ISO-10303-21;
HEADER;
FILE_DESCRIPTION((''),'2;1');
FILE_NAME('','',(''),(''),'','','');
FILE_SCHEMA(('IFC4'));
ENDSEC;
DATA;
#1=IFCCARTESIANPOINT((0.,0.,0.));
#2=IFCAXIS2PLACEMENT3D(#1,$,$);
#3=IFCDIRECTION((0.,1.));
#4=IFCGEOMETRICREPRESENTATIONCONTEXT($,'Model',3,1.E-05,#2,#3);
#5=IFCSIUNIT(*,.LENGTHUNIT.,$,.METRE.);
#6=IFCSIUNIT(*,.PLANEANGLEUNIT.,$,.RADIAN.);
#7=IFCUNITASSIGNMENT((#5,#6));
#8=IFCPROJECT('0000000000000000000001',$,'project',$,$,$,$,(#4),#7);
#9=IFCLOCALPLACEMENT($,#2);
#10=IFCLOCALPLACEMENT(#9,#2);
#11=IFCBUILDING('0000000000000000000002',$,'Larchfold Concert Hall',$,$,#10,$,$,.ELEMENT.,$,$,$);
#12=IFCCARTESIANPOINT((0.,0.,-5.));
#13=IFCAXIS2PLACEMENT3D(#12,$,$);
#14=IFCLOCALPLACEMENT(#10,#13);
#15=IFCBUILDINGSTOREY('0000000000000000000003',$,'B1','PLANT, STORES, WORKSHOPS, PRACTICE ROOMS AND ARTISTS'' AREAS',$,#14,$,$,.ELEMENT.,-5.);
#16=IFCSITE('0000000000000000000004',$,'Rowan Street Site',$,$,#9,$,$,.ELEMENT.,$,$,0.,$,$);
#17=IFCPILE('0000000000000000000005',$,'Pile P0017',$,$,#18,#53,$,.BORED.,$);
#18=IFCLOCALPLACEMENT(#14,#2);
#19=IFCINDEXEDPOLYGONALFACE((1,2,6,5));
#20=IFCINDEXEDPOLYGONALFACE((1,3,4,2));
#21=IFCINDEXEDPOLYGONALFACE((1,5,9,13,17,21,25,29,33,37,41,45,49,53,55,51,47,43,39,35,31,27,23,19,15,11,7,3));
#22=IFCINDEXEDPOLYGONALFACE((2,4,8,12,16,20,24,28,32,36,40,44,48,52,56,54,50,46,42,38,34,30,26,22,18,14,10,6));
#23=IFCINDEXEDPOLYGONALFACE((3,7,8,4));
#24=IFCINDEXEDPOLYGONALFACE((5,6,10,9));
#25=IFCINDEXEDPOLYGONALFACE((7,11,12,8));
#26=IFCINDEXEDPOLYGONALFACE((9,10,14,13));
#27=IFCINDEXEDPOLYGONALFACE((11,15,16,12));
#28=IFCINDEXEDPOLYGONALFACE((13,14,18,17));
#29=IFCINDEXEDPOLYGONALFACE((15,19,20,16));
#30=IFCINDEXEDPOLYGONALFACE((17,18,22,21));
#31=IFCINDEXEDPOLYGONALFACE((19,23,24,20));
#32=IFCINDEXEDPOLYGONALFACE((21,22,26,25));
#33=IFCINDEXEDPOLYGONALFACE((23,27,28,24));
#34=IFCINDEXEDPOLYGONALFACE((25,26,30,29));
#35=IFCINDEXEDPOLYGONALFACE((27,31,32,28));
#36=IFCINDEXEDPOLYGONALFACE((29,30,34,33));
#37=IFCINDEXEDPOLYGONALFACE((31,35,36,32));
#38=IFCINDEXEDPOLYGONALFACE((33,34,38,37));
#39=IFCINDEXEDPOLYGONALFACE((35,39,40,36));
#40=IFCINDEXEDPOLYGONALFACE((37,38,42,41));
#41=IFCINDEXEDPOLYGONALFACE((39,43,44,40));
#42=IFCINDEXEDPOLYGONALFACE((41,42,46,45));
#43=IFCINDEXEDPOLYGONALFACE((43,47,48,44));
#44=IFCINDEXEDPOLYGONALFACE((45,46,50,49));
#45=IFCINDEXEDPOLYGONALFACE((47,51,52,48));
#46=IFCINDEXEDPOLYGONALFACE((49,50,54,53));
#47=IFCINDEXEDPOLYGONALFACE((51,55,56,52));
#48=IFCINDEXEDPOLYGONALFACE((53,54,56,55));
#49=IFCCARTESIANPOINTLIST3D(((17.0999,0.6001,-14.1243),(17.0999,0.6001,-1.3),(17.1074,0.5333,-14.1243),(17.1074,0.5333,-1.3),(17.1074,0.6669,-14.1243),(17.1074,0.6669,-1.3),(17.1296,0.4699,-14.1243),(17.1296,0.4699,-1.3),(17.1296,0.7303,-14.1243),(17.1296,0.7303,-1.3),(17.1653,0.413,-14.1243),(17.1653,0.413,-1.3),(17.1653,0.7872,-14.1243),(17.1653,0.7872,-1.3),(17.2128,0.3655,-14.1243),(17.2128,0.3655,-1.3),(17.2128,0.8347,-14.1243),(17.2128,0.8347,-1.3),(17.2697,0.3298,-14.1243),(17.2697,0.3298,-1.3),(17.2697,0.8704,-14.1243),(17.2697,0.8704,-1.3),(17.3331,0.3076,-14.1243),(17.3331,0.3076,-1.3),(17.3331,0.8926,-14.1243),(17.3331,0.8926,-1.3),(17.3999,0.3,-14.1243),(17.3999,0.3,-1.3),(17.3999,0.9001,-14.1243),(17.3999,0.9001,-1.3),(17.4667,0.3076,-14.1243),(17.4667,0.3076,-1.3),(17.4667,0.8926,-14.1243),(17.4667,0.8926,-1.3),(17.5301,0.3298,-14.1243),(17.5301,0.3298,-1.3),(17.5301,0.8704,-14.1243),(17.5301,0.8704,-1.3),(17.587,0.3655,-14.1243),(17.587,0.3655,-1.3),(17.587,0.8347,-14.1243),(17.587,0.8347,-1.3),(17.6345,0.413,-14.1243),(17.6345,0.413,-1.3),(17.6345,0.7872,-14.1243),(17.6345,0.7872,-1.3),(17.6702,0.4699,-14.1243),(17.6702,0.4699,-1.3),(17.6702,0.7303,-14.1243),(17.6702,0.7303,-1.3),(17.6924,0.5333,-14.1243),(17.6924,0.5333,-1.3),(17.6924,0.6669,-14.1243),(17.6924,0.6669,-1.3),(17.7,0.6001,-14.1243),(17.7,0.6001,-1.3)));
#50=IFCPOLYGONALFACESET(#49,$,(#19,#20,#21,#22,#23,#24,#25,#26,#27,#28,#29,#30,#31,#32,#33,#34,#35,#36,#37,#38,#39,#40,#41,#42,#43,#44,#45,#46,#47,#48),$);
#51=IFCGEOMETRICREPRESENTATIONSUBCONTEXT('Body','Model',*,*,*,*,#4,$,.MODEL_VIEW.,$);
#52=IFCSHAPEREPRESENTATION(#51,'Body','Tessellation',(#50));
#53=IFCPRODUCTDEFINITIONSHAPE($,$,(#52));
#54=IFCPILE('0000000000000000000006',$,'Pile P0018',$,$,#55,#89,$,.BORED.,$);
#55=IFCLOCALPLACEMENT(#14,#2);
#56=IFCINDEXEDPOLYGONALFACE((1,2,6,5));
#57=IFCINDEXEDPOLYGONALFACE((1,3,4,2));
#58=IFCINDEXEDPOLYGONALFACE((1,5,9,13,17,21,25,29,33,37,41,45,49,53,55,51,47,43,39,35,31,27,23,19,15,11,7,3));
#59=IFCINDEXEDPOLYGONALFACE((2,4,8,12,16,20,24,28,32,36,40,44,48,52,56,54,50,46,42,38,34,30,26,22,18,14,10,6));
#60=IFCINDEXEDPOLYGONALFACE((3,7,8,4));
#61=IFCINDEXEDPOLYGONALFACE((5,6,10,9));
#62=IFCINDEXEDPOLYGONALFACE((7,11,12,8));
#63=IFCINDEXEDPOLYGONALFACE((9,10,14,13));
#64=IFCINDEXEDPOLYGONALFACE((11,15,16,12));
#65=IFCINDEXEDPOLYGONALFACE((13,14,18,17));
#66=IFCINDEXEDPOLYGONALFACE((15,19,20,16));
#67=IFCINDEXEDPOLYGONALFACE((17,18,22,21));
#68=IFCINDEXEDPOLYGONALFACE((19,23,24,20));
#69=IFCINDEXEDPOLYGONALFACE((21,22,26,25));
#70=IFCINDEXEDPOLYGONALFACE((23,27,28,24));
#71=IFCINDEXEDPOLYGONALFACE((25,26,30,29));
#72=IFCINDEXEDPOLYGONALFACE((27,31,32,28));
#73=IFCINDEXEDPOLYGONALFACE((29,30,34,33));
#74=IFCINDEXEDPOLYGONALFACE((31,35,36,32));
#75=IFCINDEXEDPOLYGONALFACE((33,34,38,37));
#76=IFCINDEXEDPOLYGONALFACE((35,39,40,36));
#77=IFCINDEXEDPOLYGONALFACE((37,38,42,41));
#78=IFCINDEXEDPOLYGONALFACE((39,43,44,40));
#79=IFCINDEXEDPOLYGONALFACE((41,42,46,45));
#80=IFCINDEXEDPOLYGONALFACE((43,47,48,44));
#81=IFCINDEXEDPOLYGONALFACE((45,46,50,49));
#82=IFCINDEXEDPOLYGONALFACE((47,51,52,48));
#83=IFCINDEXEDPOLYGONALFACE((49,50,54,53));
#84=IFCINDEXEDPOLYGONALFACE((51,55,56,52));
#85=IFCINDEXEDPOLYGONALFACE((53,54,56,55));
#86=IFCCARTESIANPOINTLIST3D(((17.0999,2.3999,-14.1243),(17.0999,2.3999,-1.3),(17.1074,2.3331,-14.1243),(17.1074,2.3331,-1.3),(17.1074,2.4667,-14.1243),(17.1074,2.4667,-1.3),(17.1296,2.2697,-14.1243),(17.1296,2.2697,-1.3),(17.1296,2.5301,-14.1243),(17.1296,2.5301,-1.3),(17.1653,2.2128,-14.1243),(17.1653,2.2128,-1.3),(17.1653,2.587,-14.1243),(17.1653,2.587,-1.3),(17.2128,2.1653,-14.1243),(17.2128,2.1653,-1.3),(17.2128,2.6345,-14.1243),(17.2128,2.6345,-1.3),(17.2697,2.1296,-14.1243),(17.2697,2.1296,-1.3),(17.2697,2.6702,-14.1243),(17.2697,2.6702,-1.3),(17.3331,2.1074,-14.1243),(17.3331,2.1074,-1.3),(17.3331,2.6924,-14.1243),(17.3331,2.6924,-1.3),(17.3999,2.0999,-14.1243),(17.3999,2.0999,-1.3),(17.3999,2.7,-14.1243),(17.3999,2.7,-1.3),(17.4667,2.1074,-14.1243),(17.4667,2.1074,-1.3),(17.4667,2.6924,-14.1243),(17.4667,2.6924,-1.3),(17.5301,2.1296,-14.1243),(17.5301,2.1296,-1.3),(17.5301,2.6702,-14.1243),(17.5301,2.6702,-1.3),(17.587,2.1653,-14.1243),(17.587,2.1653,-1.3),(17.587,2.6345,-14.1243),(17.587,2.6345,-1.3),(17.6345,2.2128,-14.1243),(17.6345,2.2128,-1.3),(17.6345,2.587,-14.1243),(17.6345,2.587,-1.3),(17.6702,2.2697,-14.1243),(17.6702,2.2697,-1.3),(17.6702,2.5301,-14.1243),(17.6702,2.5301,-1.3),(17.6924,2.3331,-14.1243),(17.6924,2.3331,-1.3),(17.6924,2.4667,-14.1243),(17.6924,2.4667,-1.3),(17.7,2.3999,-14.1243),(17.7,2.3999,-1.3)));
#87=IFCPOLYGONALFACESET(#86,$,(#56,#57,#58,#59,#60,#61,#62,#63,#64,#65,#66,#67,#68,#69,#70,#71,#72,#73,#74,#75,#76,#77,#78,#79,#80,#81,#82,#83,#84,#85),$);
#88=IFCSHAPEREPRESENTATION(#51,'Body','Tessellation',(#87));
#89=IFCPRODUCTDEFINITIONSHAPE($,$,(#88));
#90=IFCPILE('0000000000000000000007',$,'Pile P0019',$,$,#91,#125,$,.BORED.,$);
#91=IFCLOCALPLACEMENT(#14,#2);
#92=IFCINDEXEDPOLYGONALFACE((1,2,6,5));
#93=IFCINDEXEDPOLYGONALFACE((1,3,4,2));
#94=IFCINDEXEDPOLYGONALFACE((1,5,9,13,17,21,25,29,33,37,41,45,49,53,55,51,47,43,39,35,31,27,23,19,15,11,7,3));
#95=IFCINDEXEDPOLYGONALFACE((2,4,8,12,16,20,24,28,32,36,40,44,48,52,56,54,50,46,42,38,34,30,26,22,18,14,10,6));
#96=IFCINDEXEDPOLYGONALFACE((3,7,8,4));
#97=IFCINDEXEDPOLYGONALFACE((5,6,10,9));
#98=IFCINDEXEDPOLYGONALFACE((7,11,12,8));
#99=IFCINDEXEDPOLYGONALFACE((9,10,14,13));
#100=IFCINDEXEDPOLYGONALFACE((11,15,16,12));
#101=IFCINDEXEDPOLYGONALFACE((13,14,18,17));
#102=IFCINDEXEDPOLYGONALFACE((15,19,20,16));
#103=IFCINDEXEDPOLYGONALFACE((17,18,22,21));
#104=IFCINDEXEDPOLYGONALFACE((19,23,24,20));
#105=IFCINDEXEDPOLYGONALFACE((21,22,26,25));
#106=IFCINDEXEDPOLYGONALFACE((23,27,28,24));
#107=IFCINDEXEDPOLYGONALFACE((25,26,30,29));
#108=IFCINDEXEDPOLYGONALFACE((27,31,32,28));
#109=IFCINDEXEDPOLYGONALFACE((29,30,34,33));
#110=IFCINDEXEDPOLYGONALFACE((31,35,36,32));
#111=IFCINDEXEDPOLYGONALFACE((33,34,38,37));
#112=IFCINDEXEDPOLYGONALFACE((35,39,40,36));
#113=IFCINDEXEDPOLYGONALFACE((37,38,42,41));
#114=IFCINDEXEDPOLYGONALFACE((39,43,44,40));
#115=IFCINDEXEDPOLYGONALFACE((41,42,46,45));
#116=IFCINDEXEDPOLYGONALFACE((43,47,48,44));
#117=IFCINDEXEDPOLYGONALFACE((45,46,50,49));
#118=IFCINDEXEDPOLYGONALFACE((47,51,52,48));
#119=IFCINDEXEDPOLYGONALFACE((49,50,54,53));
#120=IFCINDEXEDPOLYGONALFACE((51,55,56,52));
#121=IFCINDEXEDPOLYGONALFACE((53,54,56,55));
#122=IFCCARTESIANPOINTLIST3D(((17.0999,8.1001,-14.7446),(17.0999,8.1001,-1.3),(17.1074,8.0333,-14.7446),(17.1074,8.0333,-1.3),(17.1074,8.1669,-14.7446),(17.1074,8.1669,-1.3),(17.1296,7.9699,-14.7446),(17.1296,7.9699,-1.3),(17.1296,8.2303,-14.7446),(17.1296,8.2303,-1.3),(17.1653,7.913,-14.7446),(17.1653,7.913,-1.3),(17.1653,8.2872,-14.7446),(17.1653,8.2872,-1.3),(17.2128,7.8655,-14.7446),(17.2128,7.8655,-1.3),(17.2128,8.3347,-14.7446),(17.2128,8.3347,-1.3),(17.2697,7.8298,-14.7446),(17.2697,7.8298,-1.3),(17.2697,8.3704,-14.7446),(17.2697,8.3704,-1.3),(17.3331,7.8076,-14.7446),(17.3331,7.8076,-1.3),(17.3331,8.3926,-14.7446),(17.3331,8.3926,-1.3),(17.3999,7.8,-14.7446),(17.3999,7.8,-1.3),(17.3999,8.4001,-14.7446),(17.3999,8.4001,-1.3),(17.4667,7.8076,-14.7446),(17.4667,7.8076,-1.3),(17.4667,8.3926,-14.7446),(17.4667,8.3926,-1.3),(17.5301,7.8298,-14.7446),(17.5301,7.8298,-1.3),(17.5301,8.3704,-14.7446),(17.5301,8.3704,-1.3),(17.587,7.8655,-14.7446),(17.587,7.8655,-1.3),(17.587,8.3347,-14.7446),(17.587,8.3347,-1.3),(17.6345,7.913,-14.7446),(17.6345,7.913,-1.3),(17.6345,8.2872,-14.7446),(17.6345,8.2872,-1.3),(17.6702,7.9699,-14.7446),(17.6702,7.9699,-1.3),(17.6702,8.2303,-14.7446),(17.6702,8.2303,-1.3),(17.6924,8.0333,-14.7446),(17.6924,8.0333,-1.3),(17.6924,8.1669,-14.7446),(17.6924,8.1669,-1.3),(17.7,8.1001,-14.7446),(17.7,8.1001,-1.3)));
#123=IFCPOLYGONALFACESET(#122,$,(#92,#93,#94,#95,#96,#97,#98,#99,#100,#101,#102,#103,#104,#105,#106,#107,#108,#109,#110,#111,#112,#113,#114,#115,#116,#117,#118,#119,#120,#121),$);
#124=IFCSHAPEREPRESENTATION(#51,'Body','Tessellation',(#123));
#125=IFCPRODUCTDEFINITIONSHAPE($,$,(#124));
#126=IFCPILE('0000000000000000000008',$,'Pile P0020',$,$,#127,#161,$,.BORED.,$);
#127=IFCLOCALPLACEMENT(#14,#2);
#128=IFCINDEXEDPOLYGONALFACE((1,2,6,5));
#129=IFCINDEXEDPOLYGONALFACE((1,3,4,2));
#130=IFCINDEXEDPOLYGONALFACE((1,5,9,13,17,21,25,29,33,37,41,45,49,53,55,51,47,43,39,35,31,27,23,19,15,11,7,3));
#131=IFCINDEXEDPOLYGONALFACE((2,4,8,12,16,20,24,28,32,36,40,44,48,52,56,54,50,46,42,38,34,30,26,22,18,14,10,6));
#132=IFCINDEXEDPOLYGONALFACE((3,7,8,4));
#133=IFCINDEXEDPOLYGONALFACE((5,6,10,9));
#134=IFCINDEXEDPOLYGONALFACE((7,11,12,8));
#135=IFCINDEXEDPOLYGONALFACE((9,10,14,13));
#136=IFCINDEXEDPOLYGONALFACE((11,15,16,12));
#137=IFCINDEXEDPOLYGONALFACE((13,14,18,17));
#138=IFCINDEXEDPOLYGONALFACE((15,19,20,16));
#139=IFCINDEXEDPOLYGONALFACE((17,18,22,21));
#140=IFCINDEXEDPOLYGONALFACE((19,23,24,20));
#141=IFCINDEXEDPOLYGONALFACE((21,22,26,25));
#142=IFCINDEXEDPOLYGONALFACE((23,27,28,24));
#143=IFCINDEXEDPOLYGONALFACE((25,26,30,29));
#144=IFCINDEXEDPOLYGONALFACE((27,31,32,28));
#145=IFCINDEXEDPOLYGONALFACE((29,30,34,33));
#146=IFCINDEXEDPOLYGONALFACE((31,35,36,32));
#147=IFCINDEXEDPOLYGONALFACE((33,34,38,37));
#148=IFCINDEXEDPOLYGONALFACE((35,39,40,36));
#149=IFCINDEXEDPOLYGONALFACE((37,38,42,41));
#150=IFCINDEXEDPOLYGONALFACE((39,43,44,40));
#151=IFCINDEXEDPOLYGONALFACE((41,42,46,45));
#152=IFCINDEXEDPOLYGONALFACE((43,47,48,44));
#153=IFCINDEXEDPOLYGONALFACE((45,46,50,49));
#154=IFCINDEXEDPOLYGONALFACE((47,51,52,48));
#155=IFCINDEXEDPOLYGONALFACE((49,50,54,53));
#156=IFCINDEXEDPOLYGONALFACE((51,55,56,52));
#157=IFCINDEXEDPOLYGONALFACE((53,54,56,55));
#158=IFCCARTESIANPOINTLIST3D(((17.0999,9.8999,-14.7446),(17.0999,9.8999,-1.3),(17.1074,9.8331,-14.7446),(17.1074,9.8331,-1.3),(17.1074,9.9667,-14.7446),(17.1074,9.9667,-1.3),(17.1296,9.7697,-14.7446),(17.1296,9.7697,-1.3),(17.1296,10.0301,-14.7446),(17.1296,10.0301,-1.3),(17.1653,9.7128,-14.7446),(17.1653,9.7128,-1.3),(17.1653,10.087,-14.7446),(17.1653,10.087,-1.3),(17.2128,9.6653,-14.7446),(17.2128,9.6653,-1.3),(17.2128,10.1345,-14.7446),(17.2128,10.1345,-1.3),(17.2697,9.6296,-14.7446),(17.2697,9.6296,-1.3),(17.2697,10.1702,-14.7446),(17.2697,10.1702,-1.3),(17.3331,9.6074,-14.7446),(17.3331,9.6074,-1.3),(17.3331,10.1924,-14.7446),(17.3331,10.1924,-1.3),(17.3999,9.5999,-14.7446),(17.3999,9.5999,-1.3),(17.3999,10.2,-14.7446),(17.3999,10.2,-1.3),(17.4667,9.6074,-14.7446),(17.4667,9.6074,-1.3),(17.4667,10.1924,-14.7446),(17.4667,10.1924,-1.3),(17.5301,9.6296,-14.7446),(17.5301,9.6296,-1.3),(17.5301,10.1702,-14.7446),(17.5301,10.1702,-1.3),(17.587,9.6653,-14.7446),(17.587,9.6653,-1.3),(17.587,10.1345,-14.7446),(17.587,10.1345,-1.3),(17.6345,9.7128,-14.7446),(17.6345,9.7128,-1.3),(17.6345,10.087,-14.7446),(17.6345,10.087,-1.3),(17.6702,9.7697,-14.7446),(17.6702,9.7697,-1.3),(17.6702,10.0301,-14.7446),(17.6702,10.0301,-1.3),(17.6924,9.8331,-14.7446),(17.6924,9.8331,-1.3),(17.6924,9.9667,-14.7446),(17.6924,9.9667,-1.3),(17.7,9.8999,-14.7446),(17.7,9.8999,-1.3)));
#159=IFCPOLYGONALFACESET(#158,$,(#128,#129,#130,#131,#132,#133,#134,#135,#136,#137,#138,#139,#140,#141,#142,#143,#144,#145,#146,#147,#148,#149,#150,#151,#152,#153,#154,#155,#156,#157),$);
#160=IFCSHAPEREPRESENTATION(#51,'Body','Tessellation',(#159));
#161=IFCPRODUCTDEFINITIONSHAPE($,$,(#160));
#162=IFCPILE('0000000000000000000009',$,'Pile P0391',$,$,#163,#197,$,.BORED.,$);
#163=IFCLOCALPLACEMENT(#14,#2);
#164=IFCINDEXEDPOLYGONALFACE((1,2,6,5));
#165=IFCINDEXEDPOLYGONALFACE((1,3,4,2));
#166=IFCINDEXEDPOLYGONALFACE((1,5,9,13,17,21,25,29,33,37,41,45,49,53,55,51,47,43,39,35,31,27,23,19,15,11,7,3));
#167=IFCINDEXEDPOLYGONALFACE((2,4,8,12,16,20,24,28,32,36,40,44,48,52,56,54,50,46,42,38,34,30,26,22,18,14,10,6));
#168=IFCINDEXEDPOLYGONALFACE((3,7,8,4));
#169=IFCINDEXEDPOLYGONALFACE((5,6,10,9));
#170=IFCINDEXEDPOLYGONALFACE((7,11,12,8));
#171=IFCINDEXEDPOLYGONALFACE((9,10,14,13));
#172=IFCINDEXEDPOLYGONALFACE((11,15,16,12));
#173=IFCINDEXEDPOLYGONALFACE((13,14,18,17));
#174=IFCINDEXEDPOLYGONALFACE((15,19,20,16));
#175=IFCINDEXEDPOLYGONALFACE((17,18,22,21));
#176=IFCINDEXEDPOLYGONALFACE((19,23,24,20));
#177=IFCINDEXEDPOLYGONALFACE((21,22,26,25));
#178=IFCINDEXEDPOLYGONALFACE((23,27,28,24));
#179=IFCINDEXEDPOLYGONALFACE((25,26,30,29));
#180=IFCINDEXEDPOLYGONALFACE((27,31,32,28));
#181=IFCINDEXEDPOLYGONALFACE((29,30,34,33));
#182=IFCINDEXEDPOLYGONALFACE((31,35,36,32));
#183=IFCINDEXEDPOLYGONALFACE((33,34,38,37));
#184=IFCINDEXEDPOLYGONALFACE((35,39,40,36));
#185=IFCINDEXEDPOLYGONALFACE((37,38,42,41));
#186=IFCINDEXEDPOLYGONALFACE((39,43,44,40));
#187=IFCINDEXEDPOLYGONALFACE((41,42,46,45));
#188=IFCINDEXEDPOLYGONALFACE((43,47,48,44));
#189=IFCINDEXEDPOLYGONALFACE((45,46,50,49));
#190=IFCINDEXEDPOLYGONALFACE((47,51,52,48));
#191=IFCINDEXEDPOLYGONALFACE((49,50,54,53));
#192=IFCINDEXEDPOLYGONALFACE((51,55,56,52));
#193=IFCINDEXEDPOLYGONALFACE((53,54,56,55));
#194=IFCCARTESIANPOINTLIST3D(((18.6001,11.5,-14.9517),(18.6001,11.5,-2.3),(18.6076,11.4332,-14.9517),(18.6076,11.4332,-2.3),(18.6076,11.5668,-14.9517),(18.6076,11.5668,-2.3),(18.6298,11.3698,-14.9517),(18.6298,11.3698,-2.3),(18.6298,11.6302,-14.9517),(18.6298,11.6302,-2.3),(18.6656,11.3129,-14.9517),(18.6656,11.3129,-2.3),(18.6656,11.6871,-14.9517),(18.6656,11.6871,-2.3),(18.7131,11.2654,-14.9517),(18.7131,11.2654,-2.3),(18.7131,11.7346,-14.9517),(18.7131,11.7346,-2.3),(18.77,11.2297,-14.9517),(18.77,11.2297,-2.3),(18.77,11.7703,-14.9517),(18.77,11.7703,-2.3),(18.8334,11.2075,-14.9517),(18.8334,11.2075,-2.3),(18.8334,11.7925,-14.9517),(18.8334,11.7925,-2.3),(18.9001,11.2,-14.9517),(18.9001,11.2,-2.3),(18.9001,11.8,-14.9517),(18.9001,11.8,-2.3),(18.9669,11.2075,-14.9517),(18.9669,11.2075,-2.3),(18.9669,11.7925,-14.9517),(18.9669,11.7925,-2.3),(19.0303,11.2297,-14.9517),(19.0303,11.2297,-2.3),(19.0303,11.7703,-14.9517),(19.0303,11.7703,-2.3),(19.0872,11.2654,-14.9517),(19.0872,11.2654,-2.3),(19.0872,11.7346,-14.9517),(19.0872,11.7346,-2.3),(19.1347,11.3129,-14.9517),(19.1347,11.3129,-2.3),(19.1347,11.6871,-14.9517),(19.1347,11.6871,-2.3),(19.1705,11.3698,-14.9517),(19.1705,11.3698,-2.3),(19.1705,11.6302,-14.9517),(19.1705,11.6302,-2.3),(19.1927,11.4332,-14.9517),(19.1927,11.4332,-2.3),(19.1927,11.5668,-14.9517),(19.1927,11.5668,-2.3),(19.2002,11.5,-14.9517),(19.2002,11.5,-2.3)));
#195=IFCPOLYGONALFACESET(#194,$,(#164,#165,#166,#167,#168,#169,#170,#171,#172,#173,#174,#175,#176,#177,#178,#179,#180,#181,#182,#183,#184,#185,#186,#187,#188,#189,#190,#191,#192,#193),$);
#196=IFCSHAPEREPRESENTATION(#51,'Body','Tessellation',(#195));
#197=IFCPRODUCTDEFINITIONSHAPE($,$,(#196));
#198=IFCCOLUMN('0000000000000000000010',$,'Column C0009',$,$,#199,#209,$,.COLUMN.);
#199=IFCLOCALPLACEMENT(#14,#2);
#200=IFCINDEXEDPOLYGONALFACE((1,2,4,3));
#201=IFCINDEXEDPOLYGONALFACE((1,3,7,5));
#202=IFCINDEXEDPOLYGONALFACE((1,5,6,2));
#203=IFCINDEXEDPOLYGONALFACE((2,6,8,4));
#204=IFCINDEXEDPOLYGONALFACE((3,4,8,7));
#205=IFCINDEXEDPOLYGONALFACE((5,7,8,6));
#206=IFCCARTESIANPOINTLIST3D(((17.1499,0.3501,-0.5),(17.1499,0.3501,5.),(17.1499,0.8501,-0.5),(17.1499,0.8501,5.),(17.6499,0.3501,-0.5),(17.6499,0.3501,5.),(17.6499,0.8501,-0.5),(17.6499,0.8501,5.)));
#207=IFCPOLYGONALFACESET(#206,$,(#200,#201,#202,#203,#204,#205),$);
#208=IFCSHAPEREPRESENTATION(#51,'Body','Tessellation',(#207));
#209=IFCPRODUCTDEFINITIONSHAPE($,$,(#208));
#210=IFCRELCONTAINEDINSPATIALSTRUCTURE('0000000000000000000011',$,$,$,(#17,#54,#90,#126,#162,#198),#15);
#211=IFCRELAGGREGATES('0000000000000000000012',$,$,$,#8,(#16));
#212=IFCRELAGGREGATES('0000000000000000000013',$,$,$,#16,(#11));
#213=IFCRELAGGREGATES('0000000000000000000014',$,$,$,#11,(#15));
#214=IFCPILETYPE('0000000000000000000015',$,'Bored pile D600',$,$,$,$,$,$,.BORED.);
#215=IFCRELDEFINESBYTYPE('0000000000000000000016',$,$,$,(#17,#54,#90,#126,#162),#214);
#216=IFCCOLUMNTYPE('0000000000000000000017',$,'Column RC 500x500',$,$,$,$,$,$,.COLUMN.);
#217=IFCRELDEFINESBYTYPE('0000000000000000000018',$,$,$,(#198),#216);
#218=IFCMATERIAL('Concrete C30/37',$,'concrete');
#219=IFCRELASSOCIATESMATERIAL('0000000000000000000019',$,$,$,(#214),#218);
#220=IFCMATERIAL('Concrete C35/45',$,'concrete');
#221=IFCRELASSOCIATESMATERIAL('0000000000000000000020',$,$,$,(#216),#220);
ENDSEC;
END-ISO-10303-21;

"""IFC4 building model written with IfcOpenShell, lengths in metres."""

from ifc_helpers import new_model, si_unit, direction, frame, origin, origin_2d, place, context, subcontext, project, spatial, rectangle, circle, extrude, material, material_profile, profile_set, type_object, element, save


model = new_model("IFC4")

# Units and contexts
model_context = context("Model", 3, precision=1e-05, world=origin(), true_north=direction((0.0, 1.0)))
body_context = subcontext(model_context, "Body", "Model", "MODEL_VIEW")
ifc_project = project(units=[si_unit("LENGTHUNIT", "METRE"), si_unit("PLANEANGLEUNIT", "RADIAN")], contexts=[model_context])

# Site, building, storey
site_placement = place(None, origin())
site = spatial("IfcSite", under=ifc_project, at=site_placement, Name="Rowan Street Site", CompositionType="ELEMENT", RefElevation=0.0)
building_placement = place(site_placement, origin())
building = spatial("IfcBuilding", under=site, at=building_placement, Name="Larchfold Concert Hall", CompositionType="ELEMENT")
storey_placement = place(building_placement, frame((0.0, 0.0, -5.0)))
storey = spatial("IfcBuildingStorey", under=building, at=storey_placement, Name="B1", Description="PLANT, STORES, WORKSHOPS, PRACTICE ROOMS AND ARTISTS' AREAS", CompositionType="ELEMENT", Elevation=-5.0)

# Piles
ifc_material_1 = material(Name="Concrete C30/37", Category="concrete")
ifc_material_profile_1 = material_profile(ifc_material_1, circle(Radius=0.3, at=origin_2d()))
ifc_profile_set_1 = profile_set([ifc_material_profile_1], Name="Concrete C30/37")
pile_type = type_object("IfcPileType", Name="Bored pile D600", PredefinedType="BORED", material=ifc_profile_set_1)
for number, where, z_axis, x_axis, name in (
    (1, (17.3999, 0.6001, -1.3), (0.0, 0.0, -1.0), (1.0, 0.0, 0.0), "Pile P0017"),
    (2, (17.3999, 2.3999, -1.3), (0.0, 0.0, -1.0), (1.0, 0.0, 0.0), "Pile P0018"),
):
    element("IfcPile", number, at=place(storey_placement, frame(where, z_axis=z_axis, x_axis=x_axis)), inside=storey, type_object=pile_type, Name=name, PredefinedType="BORED", context=body_context, shape_type="SweptSolid", body=[
        extrude(circle(Radius=0.3, at=origin_2d()), origin(), (0.0, 0.0, 1.0), 12.8242),
    ])
for number, where, z_axis, x_axis, name in (
    (3, (17.3999, 8.1001, -1.3), (0.0, 0.0, -1.0), (1.0, 0.0, 0.0), "Pile P0019"),
    (4, (17.3999, 9.8999, -1.3), (0.0, 0.0, -1.0), (1.0, 0.0, 0.0), "Pile P0020"),
):
    element("IfcPile", number, at=place(storey_placement, frame(where, z_axis=z_axis, x_axis=x_axis)), inside=storey, type_object=pile_type, Name=name, PredefinedType="BORED", context=body_context, shape_type="SweptSolid", body=[
        extrude(circle(Radius=0.3, at=origin_2d()), origin(), (0.0, 0.0, 1.0), 13.4446),
    ])
pile_placement = place(storey_placement, frame((18.9001, 11.5, -2.3), z_axis=(0.0, 0.0, -1.0), x_axis=(1.0, 0.0, 0.0)))
element("IfcPile", 5, at=pile_placement, inside=storey, type_object=pile_type, Name="Pile P0391", PredefinedType="BORED", context=body_context, shape_type="SweptSolid", body=[
    extrude(circle(Radius=0.3, at=origin_2d()), origin(), (0.0, 0.0, 1.0), 12.6516),
])

# Column
ifc_material_2 = material(Name="Concrete C35/45", Category="concrete")
ifc_material_profile_2 = material_profile(ifc_material_2, rectangle(XDim=0.5, YDim=0.5, at=origin_2d()))
ifc_profile_set_2 = profile_set([ifc_material_profile_2], Name="Concrete C35/45")
column_type = type_object("IfcColumnType", Name="Column RC 500x500", PredefinedType="COLUMN", material=ifc_profile_set_2)
for number, where, z_axis, x_axis, name in (
    (6, (17.3999, 0.6001, -0.5), (0.0, 0.0, 1.0), (1.0, 0.0, 0.0), "Column C0009"),
):
    element("IfcColumn", number, at=place(storey_placement, frame(where, z_axis=z_axis, x_axis=x_axis)), inside=storey, type_object=column_type, Name=name, PredefinedType="COLUMN", context=body_context, shape_type="SweptSolid", body=[
        extrude(rectangle(XDim=0.5, YDim=0.5, at=origin_2d()), origin(), (0.0, 0.0, 1.0), 5.5),
    ])

save(model, "model.ifc")
